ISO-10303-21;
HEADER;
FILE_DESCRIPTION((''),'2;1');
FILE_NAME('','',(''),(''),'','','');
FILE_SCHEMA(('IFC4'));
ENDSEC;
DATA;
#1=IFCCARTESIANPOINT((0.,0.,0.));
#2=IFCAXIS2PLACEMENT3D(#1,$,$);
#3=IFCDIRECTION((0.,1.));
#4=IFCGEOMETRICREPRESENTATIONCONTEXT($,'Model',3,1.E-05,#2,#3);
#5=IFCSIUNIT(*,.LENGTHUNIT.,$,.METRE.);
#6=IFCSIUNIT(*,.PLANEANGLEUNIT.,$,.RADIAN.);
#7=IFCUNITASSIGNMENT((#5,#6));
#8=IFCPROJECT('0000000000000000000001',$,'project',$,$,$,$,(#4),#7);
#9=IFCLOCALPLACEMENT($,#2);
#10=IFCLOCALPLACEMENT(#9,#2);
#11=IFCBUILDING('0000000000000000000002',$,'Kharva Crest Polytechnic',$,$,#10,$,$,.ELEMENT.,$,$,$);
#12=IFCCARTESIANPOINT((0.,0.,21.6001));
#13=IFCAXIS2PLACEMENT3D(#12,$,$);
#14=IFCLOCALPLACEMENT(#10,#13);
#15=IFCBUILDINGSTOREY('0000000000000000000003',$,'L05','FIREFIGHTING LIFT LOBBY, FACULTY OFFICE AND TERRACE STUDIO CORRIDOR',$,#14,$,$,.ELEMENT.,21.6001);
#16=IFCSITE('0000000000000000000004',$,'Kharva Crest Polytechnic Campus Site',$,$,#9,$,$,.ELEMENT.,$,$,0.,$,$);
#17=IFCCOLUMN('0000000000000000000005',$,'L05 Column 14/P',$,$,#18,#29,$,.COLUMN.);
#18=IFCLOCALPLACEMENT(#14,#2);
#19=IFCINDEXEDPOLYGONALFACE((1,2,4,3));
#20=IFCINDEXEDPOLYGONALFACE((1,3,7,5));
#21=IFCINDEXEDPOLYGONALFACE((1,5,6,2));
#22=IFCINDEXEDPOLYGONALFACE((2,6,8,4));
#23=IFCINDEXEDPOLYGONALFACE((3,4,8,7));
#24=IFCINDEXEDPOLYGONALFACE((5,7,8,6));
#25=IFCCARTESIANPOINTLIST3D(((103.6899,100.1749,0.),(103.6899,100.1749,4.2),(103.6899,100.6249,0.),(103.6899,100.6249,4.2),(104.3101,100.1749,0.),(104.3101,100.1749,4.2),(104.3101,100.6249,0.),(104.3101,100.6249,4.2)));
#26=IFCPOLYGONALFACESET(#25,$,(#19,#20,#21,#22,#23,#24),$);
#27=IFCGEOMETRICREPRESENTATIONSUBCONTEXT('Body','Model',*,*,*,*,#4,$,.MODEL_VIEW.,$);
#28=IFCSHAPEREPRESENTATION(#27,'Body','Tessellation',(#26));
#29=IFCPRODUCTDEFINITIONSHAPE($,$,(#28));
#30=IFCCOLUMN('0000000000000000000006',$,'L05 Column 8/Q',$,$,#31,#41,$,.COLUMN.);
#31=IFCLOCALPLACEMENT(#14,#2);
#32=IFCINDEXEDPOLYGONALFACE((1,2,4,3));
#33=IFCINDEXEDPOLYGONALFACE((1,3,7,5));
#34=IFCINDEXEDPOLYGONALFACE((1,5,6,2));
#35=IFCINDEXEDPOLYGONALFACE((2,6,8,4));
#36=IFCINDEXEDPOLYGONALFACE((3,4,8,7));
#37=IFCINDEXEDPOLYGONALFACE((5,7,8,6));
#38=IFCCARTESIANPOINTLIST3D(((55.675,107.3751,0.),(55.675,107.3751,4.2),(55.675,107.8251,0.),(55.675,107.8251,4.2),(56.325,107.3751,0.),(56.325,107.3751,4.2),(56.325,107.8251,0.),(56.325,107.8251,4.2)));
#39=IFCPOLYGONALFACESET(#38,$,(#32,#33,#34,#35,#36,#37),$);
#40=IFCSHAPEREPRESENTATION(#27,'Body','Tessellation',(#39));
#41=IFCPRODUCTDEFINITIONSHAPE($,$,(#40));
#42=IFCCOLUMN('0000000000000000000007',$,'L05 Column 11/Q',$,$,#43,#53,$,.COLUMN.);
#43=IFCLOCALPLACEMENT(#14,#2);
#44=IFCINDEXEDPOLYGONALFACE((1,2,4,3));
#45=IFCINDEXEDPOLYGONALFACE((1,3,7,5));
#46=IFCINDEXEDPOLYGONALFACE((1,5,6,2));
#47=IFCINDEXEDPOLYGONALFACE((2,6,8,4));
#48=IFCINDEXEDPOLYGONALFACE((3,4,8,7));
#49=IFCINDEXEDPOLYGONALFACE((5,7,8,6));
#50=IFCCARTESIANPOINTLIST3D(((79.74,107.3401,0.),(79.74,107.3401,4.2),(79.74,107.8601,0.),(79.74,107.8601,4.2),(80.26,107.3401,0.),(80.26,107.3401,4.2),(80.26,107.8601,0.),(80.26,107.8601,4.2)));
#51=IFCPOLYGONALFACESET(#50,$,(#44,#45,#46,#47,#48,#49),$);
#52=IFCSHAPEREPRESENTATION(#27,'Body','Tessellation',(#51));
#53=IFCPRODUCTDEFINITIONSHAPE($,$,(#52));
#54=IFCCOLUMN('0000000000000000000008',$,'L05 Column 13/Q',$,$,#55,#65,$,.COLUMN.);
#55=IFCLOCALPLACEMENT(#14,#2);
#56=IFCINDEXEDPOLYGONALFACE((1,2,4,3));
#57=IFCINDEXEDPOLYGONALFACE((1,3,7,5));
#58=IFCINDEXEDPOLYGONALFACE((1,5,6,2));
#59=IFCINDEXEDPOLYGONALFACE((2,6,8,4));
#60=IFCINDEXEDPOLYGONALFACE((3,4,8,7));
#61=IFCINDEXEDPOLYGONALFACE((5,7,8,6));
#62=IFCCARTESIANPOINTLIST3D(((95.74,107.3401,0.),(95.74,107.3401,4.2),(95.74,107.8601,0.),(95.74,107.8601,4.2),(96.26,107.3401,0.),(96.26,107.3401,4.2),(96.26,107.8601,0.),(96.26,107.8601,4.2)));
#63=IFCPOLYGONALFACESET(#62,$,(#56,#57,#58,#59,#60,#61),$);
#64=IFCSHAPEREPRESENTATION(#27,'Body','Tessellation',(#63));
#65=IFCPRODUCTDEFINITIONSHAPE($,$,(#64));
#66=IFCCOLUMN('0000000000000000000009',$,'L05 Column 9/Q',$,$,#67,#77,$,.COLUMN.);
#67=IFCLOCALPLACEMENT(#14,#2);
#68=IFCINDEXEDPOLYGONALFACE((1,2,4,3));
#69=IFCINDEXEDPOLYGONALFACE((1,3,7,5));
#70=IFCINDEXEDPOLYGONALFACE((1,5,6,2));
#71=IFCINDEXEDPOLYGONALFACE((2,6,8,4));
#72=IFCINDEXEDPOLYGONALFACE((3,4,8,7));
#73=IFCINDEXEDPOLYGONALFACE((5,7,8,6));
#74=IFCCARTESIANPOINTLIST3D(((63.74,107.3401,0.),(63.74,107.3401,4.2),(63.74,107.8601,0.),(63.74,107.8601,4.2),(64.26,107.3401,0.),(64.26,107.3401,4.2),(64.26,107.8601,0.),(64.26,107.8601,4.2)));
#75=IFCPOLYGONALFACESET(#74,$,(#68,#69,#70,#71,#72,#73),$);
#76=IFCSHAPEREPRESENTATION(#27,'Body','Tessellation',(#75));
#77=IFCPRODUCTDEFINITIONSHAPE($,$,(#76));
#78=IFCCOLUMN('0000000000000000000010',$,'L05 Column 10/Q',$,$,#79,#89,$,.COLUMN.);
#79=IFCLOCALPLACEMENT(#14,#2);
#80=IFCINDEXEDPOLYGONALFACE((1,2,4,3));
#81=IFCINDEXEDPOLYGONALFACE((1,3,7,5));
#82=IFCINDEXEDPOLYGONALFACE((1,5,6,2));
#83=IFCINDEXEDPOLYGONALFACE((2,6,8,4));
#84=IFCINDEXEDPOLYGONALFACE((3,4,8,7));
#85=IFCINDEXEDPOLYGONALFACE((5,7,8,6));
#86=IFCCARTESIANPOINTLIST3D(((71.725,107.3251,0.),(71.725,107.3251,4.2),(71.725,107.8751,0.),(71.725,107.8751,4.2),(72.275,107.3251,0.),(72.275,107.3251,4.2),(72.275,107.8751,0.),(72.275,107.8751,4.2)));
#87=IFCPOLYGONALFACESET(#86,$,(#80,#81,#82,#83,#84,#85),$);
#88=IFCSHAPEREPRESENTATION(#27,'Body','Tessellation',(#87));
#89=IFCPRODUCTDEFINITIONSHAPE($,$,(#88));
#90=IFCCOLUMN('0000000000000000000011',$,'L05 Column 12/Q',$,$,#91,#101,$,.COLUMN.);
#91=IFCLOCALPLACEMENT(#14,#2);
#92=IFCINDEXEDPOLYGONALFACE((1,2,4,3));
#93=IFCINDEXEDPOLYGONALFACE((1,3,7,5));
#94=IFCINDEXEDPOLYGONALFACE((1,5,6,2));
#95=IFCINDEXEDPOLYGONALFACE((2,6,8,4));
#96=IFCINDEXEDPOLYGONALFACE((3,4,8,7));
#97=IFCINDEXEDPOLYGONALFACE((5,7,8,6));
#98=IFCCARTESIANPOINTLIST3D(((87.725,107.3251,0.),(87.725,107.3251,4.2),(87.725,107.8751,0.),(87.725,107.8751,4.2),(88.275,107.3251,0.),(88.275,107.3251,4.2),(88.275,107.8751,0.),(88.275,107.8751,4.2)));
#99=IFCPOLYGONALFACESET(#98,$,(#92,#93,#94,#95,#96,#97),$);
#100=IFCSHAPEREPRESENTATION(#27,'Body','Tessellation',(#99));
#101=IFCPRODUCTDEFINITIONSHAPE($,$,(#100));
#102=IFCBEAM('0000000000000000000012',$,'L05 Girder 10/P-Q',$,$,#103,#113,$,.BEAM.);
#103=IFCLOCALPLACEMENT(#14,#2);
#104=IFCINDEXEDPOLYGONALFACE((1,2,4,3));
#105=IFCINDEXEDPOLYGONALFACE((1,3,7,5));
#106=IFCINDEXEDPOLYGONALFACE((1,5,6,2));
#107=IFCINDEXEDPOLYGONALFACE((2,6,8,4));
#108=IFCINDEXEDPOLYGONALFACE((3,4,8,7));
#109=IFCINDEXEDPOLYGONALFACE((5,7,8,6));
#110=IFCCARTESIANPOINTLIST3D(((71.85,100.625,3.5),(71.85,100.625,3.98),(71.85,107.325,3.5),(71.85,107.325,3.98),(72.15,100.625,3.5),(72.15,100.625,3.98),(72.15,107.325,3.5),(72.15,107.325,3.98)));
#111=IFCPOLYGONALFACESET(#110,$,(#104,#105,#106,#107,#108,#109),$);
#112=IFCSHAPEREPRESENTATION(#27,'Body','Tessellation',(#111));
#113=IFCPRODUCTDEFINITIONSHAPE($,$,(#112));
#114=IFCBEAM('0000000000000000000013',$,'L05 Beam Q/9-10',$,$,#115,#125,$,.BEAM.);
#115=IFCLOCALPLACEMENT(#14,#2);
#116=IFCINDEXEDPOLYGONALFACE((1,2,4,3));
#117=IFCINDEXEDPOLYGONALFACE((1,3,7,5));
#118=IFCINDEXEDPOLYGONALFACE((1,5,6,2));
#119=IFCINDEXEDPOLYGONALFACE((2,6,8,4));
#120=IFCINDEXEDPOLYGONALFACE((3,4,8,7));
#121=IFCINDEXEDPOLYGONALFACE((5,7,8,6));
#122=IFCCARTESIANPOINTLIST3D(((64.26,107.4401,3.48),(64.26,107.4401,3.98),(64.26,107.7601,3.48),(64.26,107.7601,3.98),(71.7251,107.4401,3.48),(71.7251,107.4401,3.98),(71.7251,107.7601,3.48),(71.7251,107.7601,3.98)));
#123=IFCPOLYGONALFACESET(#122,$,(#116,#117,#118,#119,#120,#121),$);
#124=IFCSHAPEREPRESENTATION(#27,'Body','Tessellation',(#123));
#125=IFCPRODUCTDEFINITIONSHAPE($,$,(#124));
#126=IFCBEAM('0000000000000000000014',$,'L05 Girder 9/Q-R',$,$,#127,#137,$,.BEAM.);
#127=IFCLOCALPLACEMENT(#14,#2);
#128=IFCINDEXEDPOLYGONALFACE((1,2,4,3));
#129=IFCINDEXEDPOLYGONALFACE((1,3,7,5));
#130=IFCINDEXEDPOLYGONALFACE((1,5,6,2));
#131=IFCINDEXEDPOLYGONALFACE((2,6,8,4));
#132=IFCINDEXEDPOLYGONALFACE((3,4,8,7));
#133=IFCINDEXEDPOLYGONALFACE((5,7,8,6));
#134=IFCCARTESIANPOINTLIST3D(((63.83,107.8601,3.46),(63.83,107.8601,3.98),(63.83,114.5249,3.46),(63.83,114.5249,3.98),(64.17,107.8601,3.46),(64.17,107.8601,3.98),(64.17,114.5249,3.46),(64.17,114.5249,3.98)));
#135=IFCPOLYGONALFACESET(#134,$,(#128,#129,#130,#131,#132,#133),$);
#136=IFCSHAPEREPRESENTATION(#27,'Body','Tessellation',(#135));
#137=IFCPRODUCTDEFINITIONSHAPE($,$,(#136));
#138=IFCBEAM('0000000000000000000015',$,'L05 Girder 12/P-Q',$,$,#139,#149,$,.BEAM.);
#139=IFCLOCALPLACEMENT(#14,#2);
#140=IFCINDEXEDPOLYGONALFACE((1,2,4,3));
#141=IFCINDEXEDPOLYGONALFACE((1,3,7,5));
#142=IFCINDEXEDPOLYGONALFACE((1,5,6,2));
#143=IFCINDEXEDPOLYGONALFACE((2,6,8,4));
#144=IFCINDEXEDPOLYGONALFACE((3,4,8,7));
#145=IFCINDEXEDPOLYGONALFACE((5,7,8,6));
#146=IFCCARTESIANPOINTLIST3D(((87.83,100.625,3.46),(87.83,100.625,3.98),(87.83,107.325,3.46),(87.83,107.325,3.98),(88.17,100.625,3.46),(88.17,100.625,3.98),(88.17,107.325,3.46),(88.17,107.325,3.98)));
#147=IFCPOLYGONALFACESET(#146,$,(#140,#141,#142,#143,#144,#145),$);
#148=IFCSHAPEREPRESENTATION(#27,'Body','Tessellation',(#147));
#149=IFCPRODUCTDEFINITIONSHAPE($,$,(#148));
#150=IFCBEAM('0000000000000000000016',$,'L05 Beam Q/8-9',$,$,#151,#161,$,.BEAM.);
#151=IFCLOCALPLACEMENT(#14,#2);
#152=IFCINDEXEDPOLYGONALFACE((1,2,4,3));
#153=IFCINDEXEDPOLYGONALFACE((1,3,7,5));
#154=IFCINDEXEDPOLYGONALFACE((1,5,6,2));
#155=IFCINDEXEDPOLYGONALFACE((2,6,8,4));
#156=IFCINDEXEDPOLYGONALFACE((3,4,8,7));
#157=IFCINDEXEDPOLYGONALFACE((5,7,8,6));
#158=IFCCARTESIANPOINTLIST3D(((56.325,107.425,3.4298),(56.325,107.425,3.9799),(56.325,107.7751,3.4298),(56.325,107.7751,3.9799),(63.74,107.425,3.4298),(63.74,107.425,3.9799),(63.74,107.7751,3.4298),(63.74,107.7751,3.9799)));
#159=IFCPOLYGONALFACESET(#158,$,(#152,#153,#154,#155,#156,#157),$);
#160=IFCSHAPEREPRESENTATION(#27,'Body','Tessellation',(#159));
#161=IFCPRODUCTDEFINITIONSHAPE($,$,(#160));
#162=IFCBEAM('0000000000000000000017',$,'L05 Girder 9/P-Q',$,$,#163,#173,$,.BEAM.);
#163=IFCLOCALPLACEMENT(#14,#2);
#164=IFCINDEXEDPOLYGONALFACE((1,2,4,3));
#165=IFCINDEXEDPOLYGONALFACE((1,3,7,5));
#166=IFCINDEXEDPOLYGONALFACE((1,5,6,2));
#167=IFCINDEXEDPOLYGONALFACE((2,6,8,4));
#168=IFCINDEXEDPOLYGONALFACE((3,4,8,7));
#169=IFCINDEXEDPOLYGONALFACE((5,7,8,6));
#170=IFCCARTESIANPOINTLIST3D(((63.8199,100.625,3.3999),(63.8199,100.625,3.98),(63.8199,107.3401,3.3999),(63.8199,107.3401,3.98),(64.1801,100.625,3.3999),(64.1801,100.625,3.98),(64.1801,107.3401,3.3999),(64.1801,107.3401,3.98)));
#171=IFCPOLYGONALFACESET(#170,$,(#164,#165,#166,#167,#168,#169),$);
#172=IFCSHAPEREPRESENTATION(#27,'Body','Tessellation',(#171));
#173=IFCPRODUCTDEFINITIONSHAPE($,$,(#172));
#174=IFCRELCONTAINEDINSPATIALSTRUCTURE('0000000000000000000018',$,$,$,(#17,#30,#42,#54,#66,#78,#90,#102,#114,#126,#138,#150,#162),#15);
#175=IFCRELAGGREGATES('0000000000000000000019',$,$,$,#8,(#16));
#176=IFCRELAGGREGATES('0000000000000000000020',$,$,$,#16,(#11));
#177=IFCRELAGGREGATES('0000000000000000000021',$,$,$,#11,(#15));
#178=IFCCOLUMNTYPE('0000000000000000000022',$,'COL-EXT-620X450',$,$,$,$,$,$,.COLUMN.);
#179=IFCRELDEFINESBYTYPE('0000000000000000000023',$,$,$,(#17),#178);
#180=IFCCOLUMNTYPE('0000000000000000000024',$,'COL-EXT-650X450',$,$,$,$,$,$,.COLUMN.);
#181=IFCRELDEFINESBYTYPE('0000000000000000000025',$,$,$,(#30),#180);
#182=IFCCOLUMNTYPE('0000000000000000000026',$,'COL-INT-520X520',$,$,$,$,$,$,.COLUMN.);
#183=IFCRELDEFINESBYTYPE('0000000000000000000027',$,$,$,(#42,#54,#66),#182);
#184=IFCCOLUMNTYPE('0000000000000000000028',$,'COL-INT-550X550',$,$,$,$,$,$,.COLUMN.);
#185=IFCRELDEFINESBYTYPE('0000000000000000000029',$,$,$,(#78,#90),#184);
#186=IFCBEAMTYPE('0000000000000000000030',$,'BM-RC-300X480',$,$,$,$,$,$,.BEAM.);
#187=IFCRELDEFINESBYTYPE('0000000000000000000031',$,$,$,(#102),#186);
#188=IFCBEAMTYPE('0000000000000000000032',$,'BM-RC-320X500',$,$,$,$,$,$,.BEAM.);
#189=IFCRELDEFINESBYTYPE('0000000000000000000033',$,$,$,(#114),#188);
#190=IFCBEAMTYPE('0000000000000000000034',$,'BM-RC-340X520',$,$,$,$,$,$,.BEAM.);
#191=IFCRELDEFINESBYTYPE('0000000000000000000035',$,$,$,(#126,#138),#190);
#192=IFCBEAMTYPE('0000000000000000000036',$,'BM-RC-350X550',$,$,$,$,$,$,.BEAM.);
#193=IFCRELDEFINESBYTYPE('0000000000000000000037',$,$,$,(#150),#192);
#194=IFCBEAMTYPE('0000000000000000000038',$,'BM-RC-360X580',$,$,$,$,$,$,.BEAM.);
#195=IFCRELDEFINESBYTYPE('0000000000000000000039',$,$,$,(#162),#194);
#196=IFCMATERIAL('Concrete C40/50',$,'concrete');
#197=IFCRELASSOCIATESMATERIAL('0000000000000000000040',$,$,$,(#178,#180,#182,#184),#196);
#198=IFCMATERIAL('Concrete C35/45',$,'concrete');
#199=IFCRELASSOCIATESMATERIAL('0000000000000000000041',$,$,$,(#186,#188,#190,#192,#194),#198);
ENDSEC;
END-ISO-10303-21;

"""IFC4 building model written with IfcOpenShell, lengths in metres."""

from ifc_helpers import new_model, si_unit, direction, frame, origin, origin_2d, place, context, subcontext, project, spatial, rectangle, extrude, material, material_profile, profile_set, type_object, element, save


model = new_model("IFC4")

# Units and contexts
model_context = context("Model", 3, precision=1e-05, world=origin(), true_north=direction((0.0, 1.0)))
body_context = subcontext(model_context, "Body", "Model", "MODEL_VIEW")
ifc_project = project(units=[si_unit("LENGTHUNIT", "METRE"), si_unit("PLANEANGLEUNIT", "RADIAN")], contexts=[model_context])

# Site, building, storey
site_placement = place(None, origin())
site = spatial("IfcSite", under=ifc_project, at=site_placement, Name="Kharva Crest Polytechnic Campus Site", CompositionType="ELEMENT", RefElevation=0.0)
building_placement = place(site_placement, origin())
building = spatial("IfcBuilding", under=site, at=building_placement, Name="Kharva Crest Polytechnic", CompositionType="ELEMENT")
storey_placement = place(building_placement, frame((0.0, 0.0, 21.6001)))
storey = spatial("IfcBuildingStorey", under=building, at=storey_placement, Name="L05", Description="FIREFIGHTING LIFT LOBBY, FACULTY OFFICE AND TERRACE STUDIO CORRIDOR", CompositionType="ELEMENT", Elevation=21.6001)

# Columns
ifc_material_1 = material(Name="Concrete C40/50", Category="concrete")
ifc_material_profile_1 = material_profile(ifc_material_1, rectangle(XDim=0.6201, YDim=0.45, at=origin_2d()), Name="RECT 620 X 450")
ifc_profile_set_1 = profile_set([ifc_material_profile_1], Name="Concrete C40/50")
column_type_1 = type_object("IfcColumnType", Name="COL-EXT-620X450", PredefinedType="COLUMN", material=ifc_profile_set_1)
column_1_placement = place(storey_placement, frame((104.0, 100.3999, 0.0), z_axis=(0.0, 0.0, 1.0), x_axis=(1.0, 0.0, 0.0)))
element("IfcColumn", 1, at=column_1_placement, inside=storey, type_object=column_type_1, Name="L05 Column 14/P", PredefinedType="COLUMN", context=body_context, shape_type="SweptSolid", body=[
    extrude(rectangle(XDim=0.6201, YDim=0.45, at=origin_2d()), origin(), (0.0, 0.0, 1.0), 4.2),
])
ifc_material_profile_2 = material_profile(ifc_material_1, rectangle(XDim=0.6499, YDim=0.45, at=origin_2d()), Name="RECT 650 X 450")
ifc_profile_set_2 = profile_set([ifc_material_profile_2], Name="Concrete C40/50")
column_type_2 = type_object("IfcColumnType", Name="COL-EXT-650X450", PredefinedType="COLUMN", material=ifc_profile_set_2)
column_2_placement = place(storey_placement, frame((56.0, 107.6001, 0.0), z_axis=(0.0, 0.0, 1.0), x_axis=(1.0, 0.0, 0.0)))
element("IfcColumn", 2, at=column_2_placement, inside=storey, type_object=column_type_2, Name="L05 Column 8/Q", PredefinedType="COLUMN", context=body_context, shape_type="SweptSolid", body=[
    extrude(rectangle(XDim=0.6499, YDim=0.45, at=origin_2d()), origin(), (0.0, 0.0, 1.0), 4.2),
])
ifc_material_profile_3 = material_profile(ifc_material_1, rectangle(XDim=0.52, YDim=0.52, at=origin_2d()), Name="RECT 520 X 520")
ifc_profile_set_3 = profile_set([ifc_material_profile_3], Name="Concrete C40/50")
column_type_3 = type_object("IfcColumnType", Name="COL-INT-520X520", PredefinedType="COLUMN", material=ifc_profile_set_3)
for number, where, z_axis, x_axis, name in (
    (3, (80.0, 107.6001, 0.0), (0.0, 0.0, 1.0), (1.0, 0.0, 0.0), "L05 Column 11/Q"),
    (4, (96.0, 107.6001, 0.0), (0.0, 0.0, 1.0), (1.0, 0.0, 0.0), "L05 Column 13/Q"),
    (5, (64.0, 107.6001, 0.0), (0.0, 0.0, 1.0), (1.0, 0.0, 0.0), "L05 Column 9/Q"),
):
    element("IfcColumn", number, at=place(storey_placement, frame(where, z_axis=z_axis, x_axis=x_axis)), inside=storey, type_object=column_type_3, Name=name, PredefinedType="COLUMN", context=body_context, shape_type="SweptSolid", body=[
        extrude(rectangle(XDim=0.52, YDim=0.52, at=origin_2d()), origin(), (0.0, 0.0, 1.0), 4.2),
    ])
ifc_material_profile_4 = material_profile(ifc_material_1, rectangle(XDim=0.55, YDim=0.55, at=origin_2d()), Name="RECT 550 X 550")
ifc_profile_set_4 = profile_set([ifc_material_profile_4], Name="Concrete C40/50")
column_type_4 = type_object("IfcColumnType", Name="COL-INT-550X550", PredefinedType="COLUMN", material=ifc_profile_set_4)
for number, where, z_axis, x_axis, name in (
    (6, (72.0, 107.6001, 0.0), (0.0, 0.0, 1.0), (1.0, 0.0, 0.0), "L05 Column 10/Q"),
    (7, (88.0, 107.6001, 0.0), (0.0, 0.0, 1.0), (1.0, 0.0, 0.0), "L05 Column 12/Q"),
):
    element("IfcColumn", number, at=place(storey_placement, frame(where, z_axis=z_axis, x_axis=x_axis)), inside=storey, type_object=column_type_4, Name=name, PredefinedType="COLUMN", context=body_context, shape_type="SweptSolid", body=[
        extrude(rectangle(XDim=0.55, YDim=0.55, at=origin_2d()), origin(), (0.0, 0.0, 1.0), 4.2),
    ])

# Beams
ifc_material_2 = material(Name="Concrete C35/45", Category="concrete")
ifc_material_profile_5 = material_profile(ifc_material_2, rectangle(XDim=0.3, YDim=0.48, at=origin_2d()), Name="RECT 300 X 480")
ifc_profile_set_5 = profile_set([ifc_material_profile_5], Name="Concrete C35/45")
beam_type_1 = type_object("IfcBeamType", Name="BM-RC-300X480", PredefinedType="BEAM", material=ifc_profile_set_5)
beam_1_placement = place(storey_placement, frame((72.0, 100.625, 3.74), z_axis=(0.0, 1.0, 0.0), x_axis=(-1.0, 0.0, 0.0)))
element("IfcBeam", 8, at=beam_1_placement, inside=storey, type_object=beam_type_1, Name="L05 Girder 10/P-Q", PredefinedType="BEAM", context=body_context, shape_type="SweptSolid", body=[
    extrude(rectangle(XDim=0.3, YDim=0.48, at=origin_2d()), origin(), (0.0, 0.0, 1.0), 6.7),
])
ifc_material_profile_6 = material_profile(ifc_material_2, rectangle(XDim=0.3201, YDim=0.5, at=origin_2d()), Name="RECT 320 X 500")
ifc_profile_set_6 = profile_set([ifc_material_profile_6], Name="Concrete C35/45")
beam_type_2 = type_object("IfcBeamType", Name="BM-RC-320X500", PredefinedType="BEAM", material=ifc_profile_set_6)
beam_2_placement = place(storey_placement, frame((64.26, 107.6001, 3.73), z_axis=(1.0, 0.0, 0.0), x_axis=(0.0, 1.0, 0.0)))
element("IfcBeam", 9, at=beam_2_placement, inside=storey, type_object=beam_type_2, Name="L05 Beam Q/9-10", PredefinedType="BEAM", context=body_context, shape_type="SweptSolid", body=[
    extrude(rectangle(XDim=0.3201, YDim=0.5, at=origin_2d()), origin(), (0.0, 0.0, 1.0), 7.4651),
])
ifc_material_profile_7 = material_profile(ifc_material_2, rectangle(XDim=0.3401, YDim=0.52, at=origin_2d()), Name="RECT 340 X 520")
ifc_profile_set_7 = profile_set([ifc_material_profile_7], Name="Concrete C35/45")
beam_type_3 = type_object("IfcBeamType", Name="BM-RC-340X520", PredefinedType="BEAM", material=ifc_profile_set_7)
beam_3_placement = place(storey_placement, frame((64.0, 107.8601, 3.72), z_axis=(0.0, 1.0, 0.0), x_axis=(-1.0, 0.0, 0.0)))
element("IfcBeam", 10, at=beam_3_placement, inside=storey, type_object=beam_type_3, Name="L05 Girder 9/Q-R", PredefinedType="BEAM", context=body_context, shape_type="SweptSolid", body=[
    extrude(rectangle(XDim=0.3401, YDim=0.52, at=origin_2d()), origin(), (0.0, 0.0, 1.0), 6.6648),
])
beam_4_placement = place(storey_placement, frame((88.0, 100.625, 3.72), z_axis=(0.0, 1.0, 0.0), x_axis=(-1.0, 0.0, 0.0)))
element("IfcBeam", 11, at=beam_4_placement, inside=storey, type_object=beam_type_3, Name="L05 Girder 12/P-Q", PredefinedType="BEAM", context=body_context, shape_type="SweptSolid", body=[
    extrude(rectangle(XDim=0.3401, YDim=0.52, at=origin_2d()), origin(), (0.0, 0.0, 1.0), 6.7),
])
ifc_material_profile_8 = material_profile(ifc_material_2, rectangle(XDim=0.3501, YDim=0.55, at=origin_2d()), Name="RECT 350 X 550")
ifc_profile_set_8 = profile_set([ifc_material_profile_8], Name="Concrete C35/45")
beam_type_4 = type_object("IfcBeamType", Name="BM-RC-350X550", PredefinedType="BEAM", material=ifc_profile_set_8)
beam_5_placement = place(storey_placement, frame((56.325, 107.6001, 3.7048), z_axis=(1.0, 0.0, 0.0), x_axis=(0.0, 1.0, 0.0)))
element("IfcBeam", 12, at=beam_5_placement, inside=storey, type_object=beam_type_4, Name="L05 Beam Q/8-9", PredefinedType="BEAM", context=body_context, shape_type="SweptSolid", body=[
    extrude(rectangle(XDim=0.3501, YDim=0.55, at=origin_2d()), origin(), (0.0, 0.0, 1.0), 7.415),
])
ifc_material_profile_9 = material_profile(ifc_material_2, rectangle(XDim=0.3601, YDim=0.5801, at=origin_2d()), Name="RECT 360 X 580")
ifc_profile_set_9 = profile_set([ifc_material_profile_9], Name="Concrete C35/45")
beam_type_5 = type_object("IfcBeamType", Name="BM-RC-360X580", PredefinedType="BEAM", material=ifc_profile_set_9)
beam_6_placement = place(storey_placement, frame((64.0, 100.625, 3.6899), z_axis=(0.0, 1.0, 0.0), x_axis=(-1.0, 0.0, 0.0)))
element("IfcBeam", 13, at=beam_6_placement, inside=storey, type_object=beam_type_5, Name="L05 Girder 9/P-Q", PredefinedType="BEAM", context=body_context, shape_type="SweptSolid", body=[
    extrude(rectangle(XDim=0.3601, YDim=0.5801, at=origin_2d()), origin(), (0.0, 0.0, 1.0), 6.7151),
])

save(model, "model.ifc")
